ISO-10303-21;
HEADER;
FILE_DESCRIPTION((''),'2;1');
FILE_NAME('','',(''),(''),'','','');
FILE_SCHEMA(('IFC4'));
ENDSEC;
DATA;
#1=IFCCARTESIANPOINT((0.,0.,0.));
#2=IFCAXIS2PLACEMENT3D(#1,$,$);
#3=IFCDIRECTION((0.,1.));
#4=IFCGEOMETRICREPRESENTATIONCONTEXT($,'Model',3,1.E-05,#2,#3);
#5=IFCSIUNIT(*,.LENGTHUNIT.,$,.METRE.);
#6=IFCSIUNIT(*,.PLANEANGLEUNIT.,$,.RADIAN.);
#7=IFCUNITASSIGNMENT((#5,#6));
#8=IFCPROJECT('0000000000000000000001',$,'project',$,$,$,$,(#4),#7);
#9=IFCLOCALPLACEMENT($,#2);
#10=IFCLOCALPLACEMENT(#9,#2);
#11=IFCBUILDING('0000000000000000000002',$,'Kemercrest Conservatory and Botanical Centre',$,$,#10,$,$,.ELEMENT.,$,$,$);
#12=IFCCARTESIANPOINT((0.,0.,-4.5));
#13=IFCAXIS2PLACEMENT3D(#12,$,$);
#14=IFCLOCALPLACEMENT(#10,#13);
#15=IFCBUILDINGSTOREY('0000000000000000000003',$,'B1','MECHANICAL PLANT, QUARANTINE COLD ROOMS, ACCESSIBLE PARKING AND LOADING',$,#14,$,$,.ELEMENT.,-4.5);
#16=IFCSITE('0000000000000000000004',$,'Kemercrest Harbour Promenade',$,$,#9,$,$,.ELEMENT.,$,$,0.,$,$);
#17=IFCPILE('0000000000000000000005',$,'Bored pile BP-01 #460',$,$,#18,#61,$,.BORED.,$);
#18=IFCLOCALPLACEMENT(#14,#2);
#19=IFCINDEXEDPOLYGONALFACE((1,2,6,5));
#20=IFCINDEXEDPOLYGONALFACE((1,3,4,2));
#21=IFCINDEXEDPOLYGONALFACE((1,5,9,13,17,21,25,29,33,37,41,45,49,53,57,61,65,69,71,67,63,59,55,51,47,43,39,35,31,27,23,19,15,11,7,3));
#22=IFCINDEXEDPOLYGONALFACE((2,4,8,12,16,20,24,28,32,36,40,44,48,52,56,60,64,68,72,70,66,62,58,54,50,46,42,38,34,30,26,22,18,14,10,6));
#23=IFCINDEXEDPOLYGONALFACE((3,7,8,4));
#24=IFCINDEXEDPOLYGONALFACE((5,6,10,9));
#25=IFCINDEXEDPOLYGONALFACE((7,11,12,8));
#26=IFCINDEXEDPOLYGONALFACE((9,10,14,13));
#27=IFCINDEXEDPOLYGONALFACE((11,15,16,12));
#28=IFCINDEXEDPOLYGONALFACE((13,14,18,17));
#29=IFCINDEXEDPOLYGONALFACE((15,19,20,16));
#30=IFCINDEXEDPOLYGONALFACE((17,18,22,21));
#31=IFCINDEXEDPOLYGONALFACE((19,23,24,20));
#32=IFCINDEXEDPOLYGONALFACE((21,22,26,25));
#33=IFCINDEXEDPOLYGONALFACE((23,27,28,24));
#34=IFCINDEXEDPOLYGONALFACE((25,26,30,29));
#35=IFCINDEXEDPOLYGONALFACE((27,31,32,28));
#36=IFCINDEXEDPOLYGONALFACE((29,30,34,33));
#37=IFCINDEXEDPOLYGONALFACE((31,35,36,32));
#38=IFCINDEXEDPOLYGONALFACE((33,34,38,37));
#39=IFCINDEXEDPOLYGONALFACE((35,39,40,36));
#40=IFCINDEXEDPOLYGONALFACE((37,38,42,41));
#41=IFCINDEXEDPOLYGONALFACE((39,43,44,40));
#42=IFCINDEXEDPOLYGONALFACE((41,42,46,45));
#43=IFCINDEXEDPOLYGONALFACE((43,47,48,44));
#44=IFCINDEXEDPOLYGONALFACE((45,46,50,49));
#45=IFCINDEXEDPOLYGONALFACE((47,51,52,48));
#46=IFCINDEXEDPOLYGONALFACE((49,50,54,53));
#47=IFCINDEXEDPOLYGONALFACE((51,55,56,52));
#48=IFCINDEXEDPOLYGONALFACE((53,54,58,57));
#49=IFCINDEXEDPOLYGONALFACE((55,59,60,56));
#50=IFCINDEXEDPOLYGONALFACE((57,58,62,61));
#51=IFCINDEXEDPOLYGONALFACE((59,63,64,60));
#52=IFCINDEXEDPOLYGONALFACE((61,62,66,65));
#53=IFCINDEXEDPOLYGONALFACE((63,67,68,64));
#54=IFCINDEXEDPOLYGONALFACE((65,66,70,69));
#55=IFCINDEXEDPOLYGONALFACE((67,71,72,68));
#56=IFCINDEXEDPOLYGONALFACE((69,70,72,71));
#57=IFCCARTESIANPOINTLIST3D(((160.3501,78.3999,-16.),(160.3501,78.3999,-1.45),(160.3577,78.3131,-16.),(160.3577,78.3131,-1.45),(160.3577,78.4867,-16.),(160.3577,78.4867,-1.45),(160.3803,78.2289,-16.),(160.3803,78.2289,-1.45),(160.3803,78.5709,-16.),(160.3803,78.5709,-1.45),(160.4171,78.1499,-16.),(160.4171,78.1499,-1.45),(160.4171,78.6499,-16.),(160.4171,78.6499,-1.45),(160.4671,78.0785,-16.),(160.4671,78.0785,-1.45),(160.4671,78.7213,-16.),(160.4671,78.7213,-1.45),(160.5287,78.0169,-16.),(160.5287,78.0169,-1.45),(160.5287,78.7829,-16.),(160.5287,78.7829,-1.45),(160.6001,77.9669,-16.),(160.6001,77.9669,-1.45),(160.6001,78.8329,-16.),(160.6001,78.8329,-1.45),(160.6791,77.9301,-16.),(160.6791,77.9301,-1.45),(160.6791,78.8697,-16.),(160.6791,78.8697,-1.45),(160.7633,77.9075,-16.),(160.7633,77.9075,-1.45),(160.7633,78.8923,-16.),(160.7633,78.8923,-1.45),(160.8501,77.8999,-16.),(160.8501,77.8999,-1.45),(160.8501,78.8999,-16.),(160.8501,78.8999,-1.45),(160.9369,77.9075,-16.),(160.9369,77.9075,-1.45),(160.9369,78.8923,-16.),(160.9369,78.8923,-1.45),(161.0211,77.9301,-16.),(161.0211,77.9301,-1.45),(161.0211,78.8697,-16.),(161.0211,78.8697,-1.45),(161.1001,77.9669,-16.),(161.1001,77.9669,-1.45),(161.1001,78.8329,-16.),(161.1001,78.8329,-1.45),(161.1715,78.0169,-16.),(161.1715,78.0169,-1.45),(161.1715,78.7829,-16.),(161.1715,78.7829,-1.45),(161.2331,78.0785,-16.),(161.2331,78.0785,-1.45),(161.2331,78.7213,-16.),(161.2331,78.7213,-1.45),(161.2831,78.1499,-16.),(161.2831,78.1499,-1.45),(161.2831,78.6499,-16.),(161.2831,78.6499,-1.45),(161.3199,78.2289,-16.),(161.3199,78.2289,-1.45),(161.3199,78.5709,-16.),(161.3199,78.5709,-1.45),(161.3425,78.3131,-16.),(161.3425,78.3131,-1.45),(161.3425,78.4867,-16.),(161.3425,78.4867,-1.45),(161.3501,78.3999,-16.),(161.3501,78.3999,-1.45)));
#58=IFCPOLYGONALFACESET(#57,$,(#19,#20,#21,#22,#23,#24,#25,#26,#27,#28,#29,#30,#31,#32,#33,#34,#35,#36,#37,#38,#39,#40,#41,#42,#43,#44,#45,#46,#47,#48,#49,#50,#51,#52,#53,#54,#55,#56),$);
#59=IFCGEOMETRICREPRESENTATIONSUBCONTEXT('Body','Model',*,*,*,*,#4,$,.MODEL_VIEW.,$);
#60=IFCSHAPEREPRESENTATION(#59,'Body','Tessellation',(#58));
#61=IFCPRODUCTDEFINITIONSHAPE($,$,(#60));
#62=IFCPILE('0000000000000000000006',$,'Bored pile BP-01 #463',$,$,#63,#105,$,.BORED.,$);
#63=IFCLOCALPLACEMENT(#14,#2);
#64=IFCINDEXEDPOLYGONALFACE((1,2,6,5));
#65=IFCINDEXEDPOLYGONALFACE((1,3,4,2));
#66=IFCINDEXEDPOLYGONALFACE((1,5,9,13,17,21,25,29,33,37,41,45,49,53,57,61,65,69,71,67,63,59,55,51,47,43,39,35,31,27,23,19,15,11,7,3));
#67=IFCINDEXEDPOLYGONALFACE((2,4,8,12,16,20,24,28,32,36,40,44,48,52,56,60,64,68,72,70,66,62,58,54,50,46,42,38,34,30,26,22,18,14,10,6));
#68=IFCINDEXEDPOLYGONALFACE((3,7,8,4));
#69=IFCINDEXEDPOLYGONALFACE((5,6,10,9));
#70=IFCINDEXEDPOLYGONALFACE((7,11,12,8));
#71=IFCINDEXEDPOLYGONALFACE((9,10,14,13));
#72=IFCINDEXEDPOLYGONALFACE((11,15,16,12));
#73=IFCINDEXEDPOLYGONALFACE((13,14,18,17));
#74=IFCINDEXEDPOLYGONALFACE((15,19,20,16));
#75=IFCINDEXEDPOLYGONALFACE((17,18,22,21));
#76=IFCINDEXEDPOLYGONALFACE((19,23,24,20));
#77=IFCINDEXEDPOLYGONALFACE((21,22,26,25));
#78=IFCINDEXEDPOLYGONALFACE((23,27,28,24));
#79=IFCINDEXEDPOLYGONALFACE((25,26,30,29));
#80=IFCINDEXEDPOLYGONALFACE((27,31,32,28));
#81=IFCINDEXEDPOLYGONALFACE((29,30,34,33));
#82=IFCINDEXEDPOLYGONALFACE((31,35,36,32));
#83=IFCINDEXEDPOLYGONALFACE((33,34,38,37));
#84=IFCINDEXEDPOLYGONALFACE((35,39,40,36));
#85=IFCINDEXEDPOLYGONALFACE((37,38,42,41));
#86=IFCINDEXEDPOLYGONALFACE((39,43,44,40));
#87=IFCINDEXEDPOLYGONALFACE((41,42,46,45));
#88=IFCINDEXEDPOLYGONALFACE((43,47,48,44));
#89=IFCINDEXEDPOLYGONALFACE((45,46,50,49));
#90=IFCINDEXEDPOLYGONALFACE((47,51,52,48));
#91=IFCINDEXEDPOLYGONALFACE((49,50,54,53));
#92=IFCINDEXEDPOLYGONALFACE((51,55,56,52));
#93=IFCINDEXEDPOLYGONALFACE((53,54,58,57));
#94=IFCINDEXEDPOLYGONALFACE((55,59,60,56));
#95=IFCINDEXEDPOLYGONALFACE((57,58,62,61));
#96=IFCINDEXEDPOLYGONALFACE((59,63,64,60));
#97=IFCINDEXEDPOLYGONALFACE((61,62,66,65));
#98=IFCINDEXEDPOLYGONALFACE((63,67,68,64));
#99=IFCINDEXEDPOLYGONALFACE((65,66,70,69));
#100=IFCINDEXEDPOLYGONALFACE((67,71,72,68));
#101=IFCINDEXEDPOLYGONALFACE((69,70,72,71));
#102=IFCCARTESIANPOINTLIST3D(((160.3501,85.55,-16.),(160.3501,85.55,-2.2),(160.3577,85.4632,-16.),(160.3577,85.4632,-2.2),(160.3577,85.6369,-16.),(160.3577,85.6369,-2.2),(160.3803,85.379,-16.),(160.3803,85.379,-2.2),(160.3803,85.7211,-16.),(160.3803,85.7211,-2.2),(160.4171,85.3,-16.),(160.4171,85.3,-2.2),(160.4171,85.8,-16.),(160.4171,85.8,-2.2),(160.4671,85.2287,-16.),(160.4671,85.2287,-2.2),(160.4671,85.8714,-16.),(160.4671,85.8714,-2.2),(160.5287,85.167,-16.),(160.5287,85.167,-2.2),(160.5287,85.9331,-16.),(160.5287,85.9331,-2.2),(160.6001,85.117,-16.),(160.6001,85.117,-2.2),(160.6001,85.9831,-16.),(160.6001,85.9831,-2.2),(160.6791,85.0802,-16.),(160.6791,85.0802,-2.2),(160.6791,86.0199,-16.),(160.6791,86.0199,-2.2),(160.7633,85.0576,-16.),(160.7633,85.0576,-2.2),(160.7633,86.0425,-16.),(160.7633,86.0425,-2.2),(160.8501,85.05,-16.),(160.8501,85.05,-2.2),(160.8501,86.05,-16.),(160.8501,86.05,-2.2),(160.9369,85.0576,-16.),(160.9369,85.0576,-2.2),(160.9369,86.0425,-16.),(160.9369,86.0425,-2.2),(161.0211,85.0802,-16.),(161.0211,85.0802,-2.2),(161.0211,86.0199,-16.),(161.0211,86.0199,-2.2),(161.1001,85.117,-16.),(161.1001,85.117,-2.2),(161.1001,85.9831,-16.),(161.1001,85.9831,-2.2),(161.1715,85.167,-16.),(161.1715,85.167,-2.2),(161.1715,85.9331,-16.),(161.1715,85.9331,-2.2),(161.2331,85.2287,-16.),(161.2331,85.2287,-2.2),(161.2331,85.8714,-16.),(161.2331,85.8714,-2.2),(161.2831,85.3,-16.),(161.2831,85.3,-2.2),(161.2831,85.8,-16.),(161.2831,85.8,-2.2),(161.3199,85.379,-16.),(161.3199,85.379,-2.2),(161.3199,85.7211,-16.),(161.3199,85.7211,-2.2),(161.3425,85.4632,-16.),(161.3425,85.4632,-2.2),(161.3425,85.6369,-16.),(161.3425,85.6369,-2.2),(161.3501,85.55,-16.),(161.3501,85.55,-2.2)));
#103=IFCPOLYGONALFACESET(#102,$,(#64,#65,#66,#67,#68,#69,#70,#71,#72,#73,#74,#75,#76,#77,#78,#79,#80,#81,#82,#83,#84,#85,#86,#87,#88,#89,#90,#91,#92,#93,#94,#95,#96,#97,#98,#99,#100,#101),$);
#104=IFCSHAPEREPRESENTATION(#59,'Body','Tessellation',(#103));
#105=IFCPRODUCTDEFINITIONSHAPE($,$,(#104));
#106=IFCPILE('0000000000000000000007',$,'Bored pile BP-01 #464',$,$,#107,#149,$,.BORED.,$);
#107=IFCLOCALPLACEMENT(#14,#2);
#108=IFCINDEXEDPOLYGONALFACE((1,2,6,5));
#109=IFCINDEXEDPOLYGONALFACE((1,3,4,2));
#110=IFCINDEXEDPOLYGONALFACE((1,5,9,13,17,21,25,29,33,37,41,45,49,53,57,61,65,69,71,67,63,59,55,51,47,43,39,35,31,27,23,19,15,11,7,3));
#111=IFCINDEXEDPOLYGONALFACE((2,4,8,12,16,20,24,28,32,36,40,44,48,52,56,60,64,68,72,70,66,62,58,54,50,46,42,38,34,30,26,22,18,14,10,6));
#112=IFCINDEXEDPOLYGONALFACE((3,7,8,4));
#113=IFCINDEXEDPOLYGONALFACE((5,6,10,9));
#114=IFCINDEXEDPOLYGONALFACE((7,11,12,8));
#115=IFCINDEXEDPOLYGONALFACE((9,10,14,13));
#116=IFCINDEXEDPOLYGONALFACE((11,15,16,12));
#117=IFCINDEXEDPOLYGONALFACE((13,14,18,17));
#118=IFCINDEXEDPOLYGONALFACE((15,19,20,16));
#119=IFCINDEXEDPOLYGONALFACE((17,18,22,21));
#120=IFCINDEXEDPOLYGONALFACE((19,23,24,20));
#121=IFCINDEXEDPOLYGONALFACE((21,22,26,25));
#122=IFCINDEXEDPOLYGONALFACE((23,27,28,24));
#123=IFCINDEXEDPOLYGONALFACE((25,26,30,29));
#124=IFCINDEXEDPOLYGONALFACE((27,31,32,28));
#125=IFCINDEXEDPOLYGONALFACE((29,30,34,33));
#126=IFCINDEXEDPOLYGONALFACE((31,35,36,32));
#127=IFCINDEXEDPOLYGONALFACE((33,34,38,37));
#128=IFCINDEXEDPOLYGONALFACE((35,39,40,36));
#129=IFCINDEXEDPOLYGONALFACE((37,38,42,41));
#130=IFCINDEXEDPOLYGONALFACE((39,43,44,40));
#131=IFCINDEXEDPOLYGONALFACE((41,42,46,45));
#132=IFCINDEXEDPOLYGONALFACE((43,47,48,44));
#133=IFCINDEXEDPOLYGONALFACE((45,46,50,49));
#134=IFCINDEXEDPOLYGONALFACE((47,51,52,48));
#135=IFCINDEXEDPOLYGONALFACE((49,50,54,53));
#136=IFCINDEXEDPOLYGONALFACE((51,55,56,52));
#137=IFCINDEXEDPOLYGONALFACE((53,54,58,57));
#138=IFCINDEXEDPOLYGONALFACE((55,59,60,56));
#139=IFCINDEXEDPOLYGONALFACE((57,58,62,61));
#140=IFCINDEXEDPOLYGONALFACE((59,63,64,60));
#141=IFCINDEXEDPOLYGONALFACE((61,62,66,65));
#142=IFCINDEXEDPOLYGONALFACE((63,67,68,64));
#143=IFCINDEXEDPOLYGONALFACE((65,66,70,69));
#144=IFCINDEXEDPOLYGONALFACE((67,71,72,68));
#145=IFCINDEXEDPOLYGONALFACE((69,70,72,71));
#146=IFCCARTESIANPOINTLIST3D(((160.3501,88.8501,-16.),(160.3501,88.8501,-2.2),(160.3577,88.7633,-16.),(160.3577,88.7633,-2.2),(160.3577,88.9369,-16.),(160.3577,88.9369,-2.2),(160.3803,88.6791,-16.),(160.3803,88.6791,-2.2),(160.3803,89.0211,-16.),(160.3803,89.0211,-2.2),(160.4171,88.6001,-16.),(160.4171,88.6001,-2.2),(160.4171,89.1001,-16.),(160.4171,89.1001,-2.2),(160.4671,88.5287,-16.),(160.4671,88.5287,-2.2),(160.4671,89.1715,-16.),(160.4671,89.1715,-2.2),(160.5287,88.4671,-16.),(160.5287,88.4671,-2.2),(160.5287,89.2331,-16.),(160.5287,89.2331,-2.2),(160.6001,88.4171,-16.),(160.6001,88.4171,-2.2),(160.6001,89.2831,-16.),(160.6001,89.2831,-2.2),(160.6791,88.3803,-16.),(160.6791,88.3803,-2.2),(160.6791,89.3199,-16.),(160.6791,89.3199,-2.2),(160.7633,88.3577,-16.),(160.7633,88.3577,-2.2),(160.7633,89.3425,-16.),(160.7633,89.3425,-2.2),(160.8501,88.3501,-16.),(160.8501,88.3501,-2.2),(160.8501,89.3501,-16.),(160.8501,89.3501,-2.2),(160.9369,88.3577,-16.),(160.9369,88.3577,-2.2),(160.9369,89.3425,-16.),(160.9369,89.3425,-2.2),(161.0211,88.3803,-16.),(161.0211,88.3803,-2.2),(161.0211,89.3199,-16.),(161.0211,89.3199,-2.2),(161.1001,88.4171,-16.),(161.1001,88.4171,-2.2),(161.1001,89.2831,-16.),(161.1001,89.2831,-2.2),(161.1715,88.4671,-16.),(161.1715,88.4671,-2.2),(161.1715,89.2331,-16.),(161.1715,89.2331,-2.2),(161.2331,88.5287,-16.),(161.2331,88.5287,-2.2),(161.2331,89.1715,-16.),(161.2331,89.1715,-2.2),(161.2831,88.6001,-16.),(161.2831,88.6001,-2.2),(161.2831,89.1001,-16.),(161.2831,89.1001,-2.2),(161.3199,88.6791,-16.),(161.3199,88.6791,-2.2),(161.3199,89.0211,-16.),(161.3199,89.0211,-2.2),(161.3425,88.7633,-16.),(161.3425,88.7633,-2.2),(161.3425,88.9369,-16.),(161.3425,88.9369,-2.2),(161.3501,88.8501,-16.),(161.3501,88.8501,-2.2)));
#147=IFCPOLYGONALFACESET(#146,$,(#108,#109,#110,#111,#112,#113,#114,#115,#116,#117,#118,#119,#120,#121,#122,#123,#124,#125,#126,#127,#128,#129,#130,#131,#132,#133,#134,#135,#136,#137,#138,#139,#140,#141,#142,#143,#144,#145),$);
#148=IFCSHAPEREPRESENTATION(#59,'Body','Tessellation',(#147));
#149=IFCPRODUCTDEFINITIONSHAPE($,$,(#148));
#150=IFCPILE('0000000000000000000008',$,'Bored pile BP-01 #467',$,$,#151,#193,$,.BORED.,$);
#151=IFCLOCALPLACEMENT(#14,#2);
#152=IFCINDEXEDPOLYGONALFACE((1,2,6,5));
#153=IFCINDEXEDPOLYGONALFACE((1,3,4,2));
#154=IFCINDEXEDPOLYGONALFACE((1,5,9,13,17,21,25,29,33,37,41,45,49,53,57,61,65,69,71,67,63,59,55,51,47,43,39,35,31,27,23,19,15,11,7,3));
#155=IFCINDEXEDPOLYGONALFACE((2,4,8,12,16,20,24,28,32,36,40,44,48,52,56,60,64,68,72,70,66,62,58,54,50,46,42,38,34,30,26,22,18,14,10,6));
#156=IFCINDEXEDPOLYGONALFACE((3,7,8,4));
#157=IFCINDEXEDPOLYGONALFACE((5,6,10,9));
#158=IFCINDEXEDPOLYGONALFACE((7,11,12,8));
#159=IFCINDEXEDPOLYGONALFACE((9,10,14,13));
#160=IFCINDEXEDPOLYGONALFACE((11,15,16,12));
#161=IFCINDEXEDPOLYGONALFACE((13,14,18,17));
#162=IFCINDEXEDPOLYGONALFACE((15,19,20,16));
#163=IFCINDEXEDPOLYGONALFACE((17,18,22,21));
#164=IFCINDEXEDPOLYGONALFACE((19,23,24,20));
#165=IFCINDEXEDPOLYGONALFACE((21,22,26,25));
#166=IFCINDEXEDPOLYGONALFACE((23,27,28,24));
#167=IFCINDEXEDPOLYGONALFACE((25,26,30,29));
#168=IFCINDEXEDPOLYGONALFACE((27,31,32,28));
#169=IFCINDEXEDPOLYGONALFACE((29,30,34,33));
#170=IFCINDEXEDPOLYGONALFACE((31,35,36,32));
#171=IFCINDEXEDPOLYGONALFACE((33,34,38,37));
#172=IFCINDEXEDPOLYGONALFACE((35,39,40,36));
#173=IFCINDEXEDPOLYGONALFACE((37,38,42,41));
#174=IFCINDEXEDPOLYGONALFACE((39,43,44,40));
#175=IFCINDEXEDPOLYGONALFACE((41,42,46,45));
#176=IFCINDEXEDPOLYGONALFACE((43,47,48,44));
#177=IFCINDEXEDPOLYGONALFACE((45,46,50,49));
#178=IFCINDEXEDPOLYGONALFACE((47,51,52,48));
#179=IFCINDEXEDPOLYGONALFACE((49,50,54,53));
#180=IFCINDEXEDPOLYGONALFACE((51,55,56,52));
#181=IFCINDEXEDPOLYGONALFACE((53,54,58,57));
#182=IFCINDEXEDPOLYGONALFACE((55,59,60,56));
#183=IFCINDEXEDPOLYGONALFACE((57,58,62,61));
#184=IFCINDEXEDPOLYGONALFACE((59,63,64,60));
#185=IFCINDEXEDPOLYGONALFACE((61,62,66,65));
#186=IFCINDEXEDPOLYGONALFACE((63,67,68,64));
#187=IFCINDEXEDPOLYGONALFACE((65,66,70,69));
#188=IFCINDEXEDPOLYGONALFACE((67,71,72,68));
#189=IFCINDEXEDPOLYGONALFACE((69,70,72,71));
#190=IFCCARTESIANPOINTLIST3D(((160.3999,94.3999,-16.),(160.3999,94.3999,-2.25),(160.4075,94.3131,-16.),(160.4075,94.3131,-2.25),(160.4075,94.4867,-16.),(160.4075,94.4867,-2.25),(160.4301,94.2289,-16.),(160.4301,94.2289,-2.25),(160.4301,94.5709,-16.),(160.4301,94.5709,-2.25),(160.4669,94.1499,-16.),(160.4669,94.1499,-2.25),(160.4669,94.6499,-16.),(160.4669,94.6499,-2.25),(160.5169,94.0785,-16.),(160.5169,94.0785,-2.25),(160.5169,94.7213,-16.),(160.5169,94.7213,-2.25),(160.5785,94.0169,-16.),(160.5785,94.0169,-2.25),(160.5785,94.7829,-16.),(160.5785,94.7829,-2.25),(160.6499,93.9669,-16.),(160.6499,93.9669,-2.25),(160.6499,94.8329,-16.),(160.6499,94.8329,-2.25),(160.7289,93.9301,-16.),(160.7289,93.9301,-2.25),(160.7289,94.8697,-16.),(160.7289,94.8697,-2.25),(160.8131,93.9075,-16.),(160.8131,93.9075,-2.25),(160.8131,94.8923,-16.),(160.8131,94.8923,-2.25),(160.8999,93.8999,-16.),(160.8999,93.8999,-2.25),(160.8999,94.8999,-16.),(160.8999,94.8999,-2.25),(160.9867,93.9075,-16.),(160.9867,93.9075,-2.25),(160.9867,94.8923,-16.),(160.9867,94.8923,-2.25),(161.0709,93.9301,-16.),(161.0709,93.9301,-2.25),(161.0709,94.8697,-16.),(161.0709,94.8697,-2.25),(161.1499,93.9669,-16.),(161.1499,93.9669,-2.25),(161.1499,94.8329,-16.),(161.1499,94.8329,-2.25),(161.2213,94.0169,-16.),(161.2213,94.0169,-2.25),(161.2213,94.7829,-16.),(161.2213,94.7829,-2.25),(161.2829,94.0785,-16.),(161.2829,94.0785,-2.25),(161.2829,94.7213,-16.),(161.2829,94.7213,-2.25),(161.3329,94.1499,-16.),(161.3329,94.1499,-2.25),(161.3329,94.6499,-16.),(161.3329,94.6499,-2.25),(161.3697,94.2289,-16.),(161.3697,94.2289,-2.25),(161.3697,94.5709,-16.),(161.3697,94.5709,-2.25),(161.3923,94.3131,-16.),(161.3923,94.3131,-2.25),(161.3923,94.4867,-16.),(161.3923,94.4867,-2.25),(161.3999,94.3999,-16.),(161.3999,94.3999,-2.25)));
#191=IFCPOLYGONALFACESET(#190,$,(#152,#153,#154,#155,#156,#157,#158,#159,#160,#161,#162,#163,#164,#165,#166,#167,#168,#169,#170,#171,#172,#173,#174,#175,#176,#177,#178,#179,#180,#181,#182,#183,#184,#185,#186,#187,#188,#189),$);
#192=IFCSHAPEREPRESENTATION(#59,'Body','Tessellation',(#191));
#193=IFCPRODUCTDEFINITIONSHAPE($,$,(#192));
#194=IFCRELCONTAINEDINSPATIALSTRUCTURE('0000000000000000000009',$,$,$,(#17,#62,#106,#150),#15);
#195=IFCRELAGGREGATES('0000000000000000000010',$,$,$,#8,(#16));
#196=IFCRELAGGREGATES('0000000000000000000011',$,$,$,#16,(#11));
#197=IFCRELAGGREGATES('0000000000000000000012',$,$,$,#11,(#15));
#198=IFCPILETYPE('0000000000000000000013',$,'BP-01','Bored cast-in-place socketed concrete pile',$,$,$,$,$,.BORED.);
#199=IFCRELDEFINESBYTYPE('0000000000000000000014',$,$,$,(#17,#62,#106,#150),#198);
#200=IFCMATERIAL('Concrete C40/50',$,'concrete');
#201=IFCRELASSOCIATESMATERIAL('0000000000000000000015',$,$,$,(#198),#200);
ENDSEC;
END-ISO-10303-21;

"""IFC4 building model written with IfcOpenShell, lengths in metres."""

from ifc_helpers import new_model, si_unit, direction, frame, origin, origin_2d, place, context, subcontext, project, spatial, circle, extrude, material, material_profile, profile_set, type_object, element, save


model = new_model("IFC4")

# Units and contexts
model_context = context("Model", 3, precision=1e-05, world=origin(), true_north=direction((0.0, 1.0)))
body_context = subcontext(model_context, "Body", "Model", "MODEL_VIEW")
ifc_project = project(units=[si_unit("LENGTHUNIT", "METRE"), si_unit("PLANEANGLEUNIT", "RADIAN")], contexts=[model_context])

# Site, building, storey
site_placement = place(None, origin())
site = spatial("IfcSite", under=ifc_project, at=site_placement, Name="Kemercrest Harbour Promenade", CompositionType="ELEMENT", RefElevation=0.0)
building_placement = place(site_placement, origin())
building = spatial("IfcBuilding", under=site, at=building_placement, Name="Kemercrest Conservatory and Botanical Centre", CompositionType="ELEMENT")
storey_placement = place(building_placement, frame((0.0, 0.0, -4.5)))
storey = spatial("IfcBuildingStorey", under=building, at=storey_placement, Name="B1", Description="MECHANICAL PLANT, QUARANTINE COLD ROOMS, ACCESSIBLE PARKING AND LOADING", CompositionType="ELEMENT", Elevation=-4.5)

# Piles
ifc_material_1 = material(Name="Concrete C40/50", Category="concrete")
ifc_material_profile_1 = material_profile(ifc_material_1, circle(Radius=0.5, at=origin_2d()), Name="BORED PILE 1000")
ifc_profile_set_1 = profile_set([ifc_material_profile_1], Name="Concrete C40/50")
pile_type_1 = type_object("IfcPileType", Name="BP-01", Description="Bored cast-in-place socketed concrete pile", PredefinedType="BORED", material=ifc_profile_set_1)
pile_1_placement = place(storey_placement, frame((160.8501, 78.3999, -1.45), z_axis=(0.0, 0.0, -1.0), x_axis=(1.0, 0.0, 0.0)))
element("IfcPile", 1, at=pile_1_placement, inside=storey, type_object=pile_type_1, Name="Bored pile BP-01 #460", PredefinedType="BORED", context=body_context, shape_type="SweptSolid", body=[
    extrude(circle(Radius=0.5, at=origin_2d()), origin(), (0.0, 0.0, 1.0), 14.55),
])
for number, where, z_axis, x_axis, name in (
    (2, (160.8501, 85.55, -2.2), (0.0, 0.0, -1.0), (1.0, 0.0, 0.0), "Bored pile BP-01 #463"),
    (3, (160.8501, 88.8501, -2.2), (0.0, 0.0, -1.0), (1.0, 0.0, 0.0), "Bored pile BP-01 #464"),
):
    element("IfcPile", number, at=place(storey_placement, frame(where, z_axis=z_axis, x_axis=x_axis)), inside=storey, type_object=pile_type_1, Name=name, PredefinedType="BORED", context=body_context, shape_type="SweptSolid", body=[
        extrude(circle(Radius=0.5, at=origin_2d()), origin(), (0.0, 0.0, 1.0), 13.8),
    ])
pile_2_placement = place(storey_placement, frame((160.8999, 94.3999, -2.25), z_axis=(0.0, 0.0, -1.0), x_axis=(1.0, 0.0, 0.0)))
element("IfcPile", 4, at=pile_2_placement, inside=storey, type_object=pile_type_1, Name="Bored pile BP-01 #467", PredefinedType="BORED", context=body_context, shape_type="SweptSolid", body=[
    extrude(circle(Radius=0.5, at=origin_2d()), origin(), (0.0, 0.0, 1.0), 13.75),
])

save(model, "model.ifc")
